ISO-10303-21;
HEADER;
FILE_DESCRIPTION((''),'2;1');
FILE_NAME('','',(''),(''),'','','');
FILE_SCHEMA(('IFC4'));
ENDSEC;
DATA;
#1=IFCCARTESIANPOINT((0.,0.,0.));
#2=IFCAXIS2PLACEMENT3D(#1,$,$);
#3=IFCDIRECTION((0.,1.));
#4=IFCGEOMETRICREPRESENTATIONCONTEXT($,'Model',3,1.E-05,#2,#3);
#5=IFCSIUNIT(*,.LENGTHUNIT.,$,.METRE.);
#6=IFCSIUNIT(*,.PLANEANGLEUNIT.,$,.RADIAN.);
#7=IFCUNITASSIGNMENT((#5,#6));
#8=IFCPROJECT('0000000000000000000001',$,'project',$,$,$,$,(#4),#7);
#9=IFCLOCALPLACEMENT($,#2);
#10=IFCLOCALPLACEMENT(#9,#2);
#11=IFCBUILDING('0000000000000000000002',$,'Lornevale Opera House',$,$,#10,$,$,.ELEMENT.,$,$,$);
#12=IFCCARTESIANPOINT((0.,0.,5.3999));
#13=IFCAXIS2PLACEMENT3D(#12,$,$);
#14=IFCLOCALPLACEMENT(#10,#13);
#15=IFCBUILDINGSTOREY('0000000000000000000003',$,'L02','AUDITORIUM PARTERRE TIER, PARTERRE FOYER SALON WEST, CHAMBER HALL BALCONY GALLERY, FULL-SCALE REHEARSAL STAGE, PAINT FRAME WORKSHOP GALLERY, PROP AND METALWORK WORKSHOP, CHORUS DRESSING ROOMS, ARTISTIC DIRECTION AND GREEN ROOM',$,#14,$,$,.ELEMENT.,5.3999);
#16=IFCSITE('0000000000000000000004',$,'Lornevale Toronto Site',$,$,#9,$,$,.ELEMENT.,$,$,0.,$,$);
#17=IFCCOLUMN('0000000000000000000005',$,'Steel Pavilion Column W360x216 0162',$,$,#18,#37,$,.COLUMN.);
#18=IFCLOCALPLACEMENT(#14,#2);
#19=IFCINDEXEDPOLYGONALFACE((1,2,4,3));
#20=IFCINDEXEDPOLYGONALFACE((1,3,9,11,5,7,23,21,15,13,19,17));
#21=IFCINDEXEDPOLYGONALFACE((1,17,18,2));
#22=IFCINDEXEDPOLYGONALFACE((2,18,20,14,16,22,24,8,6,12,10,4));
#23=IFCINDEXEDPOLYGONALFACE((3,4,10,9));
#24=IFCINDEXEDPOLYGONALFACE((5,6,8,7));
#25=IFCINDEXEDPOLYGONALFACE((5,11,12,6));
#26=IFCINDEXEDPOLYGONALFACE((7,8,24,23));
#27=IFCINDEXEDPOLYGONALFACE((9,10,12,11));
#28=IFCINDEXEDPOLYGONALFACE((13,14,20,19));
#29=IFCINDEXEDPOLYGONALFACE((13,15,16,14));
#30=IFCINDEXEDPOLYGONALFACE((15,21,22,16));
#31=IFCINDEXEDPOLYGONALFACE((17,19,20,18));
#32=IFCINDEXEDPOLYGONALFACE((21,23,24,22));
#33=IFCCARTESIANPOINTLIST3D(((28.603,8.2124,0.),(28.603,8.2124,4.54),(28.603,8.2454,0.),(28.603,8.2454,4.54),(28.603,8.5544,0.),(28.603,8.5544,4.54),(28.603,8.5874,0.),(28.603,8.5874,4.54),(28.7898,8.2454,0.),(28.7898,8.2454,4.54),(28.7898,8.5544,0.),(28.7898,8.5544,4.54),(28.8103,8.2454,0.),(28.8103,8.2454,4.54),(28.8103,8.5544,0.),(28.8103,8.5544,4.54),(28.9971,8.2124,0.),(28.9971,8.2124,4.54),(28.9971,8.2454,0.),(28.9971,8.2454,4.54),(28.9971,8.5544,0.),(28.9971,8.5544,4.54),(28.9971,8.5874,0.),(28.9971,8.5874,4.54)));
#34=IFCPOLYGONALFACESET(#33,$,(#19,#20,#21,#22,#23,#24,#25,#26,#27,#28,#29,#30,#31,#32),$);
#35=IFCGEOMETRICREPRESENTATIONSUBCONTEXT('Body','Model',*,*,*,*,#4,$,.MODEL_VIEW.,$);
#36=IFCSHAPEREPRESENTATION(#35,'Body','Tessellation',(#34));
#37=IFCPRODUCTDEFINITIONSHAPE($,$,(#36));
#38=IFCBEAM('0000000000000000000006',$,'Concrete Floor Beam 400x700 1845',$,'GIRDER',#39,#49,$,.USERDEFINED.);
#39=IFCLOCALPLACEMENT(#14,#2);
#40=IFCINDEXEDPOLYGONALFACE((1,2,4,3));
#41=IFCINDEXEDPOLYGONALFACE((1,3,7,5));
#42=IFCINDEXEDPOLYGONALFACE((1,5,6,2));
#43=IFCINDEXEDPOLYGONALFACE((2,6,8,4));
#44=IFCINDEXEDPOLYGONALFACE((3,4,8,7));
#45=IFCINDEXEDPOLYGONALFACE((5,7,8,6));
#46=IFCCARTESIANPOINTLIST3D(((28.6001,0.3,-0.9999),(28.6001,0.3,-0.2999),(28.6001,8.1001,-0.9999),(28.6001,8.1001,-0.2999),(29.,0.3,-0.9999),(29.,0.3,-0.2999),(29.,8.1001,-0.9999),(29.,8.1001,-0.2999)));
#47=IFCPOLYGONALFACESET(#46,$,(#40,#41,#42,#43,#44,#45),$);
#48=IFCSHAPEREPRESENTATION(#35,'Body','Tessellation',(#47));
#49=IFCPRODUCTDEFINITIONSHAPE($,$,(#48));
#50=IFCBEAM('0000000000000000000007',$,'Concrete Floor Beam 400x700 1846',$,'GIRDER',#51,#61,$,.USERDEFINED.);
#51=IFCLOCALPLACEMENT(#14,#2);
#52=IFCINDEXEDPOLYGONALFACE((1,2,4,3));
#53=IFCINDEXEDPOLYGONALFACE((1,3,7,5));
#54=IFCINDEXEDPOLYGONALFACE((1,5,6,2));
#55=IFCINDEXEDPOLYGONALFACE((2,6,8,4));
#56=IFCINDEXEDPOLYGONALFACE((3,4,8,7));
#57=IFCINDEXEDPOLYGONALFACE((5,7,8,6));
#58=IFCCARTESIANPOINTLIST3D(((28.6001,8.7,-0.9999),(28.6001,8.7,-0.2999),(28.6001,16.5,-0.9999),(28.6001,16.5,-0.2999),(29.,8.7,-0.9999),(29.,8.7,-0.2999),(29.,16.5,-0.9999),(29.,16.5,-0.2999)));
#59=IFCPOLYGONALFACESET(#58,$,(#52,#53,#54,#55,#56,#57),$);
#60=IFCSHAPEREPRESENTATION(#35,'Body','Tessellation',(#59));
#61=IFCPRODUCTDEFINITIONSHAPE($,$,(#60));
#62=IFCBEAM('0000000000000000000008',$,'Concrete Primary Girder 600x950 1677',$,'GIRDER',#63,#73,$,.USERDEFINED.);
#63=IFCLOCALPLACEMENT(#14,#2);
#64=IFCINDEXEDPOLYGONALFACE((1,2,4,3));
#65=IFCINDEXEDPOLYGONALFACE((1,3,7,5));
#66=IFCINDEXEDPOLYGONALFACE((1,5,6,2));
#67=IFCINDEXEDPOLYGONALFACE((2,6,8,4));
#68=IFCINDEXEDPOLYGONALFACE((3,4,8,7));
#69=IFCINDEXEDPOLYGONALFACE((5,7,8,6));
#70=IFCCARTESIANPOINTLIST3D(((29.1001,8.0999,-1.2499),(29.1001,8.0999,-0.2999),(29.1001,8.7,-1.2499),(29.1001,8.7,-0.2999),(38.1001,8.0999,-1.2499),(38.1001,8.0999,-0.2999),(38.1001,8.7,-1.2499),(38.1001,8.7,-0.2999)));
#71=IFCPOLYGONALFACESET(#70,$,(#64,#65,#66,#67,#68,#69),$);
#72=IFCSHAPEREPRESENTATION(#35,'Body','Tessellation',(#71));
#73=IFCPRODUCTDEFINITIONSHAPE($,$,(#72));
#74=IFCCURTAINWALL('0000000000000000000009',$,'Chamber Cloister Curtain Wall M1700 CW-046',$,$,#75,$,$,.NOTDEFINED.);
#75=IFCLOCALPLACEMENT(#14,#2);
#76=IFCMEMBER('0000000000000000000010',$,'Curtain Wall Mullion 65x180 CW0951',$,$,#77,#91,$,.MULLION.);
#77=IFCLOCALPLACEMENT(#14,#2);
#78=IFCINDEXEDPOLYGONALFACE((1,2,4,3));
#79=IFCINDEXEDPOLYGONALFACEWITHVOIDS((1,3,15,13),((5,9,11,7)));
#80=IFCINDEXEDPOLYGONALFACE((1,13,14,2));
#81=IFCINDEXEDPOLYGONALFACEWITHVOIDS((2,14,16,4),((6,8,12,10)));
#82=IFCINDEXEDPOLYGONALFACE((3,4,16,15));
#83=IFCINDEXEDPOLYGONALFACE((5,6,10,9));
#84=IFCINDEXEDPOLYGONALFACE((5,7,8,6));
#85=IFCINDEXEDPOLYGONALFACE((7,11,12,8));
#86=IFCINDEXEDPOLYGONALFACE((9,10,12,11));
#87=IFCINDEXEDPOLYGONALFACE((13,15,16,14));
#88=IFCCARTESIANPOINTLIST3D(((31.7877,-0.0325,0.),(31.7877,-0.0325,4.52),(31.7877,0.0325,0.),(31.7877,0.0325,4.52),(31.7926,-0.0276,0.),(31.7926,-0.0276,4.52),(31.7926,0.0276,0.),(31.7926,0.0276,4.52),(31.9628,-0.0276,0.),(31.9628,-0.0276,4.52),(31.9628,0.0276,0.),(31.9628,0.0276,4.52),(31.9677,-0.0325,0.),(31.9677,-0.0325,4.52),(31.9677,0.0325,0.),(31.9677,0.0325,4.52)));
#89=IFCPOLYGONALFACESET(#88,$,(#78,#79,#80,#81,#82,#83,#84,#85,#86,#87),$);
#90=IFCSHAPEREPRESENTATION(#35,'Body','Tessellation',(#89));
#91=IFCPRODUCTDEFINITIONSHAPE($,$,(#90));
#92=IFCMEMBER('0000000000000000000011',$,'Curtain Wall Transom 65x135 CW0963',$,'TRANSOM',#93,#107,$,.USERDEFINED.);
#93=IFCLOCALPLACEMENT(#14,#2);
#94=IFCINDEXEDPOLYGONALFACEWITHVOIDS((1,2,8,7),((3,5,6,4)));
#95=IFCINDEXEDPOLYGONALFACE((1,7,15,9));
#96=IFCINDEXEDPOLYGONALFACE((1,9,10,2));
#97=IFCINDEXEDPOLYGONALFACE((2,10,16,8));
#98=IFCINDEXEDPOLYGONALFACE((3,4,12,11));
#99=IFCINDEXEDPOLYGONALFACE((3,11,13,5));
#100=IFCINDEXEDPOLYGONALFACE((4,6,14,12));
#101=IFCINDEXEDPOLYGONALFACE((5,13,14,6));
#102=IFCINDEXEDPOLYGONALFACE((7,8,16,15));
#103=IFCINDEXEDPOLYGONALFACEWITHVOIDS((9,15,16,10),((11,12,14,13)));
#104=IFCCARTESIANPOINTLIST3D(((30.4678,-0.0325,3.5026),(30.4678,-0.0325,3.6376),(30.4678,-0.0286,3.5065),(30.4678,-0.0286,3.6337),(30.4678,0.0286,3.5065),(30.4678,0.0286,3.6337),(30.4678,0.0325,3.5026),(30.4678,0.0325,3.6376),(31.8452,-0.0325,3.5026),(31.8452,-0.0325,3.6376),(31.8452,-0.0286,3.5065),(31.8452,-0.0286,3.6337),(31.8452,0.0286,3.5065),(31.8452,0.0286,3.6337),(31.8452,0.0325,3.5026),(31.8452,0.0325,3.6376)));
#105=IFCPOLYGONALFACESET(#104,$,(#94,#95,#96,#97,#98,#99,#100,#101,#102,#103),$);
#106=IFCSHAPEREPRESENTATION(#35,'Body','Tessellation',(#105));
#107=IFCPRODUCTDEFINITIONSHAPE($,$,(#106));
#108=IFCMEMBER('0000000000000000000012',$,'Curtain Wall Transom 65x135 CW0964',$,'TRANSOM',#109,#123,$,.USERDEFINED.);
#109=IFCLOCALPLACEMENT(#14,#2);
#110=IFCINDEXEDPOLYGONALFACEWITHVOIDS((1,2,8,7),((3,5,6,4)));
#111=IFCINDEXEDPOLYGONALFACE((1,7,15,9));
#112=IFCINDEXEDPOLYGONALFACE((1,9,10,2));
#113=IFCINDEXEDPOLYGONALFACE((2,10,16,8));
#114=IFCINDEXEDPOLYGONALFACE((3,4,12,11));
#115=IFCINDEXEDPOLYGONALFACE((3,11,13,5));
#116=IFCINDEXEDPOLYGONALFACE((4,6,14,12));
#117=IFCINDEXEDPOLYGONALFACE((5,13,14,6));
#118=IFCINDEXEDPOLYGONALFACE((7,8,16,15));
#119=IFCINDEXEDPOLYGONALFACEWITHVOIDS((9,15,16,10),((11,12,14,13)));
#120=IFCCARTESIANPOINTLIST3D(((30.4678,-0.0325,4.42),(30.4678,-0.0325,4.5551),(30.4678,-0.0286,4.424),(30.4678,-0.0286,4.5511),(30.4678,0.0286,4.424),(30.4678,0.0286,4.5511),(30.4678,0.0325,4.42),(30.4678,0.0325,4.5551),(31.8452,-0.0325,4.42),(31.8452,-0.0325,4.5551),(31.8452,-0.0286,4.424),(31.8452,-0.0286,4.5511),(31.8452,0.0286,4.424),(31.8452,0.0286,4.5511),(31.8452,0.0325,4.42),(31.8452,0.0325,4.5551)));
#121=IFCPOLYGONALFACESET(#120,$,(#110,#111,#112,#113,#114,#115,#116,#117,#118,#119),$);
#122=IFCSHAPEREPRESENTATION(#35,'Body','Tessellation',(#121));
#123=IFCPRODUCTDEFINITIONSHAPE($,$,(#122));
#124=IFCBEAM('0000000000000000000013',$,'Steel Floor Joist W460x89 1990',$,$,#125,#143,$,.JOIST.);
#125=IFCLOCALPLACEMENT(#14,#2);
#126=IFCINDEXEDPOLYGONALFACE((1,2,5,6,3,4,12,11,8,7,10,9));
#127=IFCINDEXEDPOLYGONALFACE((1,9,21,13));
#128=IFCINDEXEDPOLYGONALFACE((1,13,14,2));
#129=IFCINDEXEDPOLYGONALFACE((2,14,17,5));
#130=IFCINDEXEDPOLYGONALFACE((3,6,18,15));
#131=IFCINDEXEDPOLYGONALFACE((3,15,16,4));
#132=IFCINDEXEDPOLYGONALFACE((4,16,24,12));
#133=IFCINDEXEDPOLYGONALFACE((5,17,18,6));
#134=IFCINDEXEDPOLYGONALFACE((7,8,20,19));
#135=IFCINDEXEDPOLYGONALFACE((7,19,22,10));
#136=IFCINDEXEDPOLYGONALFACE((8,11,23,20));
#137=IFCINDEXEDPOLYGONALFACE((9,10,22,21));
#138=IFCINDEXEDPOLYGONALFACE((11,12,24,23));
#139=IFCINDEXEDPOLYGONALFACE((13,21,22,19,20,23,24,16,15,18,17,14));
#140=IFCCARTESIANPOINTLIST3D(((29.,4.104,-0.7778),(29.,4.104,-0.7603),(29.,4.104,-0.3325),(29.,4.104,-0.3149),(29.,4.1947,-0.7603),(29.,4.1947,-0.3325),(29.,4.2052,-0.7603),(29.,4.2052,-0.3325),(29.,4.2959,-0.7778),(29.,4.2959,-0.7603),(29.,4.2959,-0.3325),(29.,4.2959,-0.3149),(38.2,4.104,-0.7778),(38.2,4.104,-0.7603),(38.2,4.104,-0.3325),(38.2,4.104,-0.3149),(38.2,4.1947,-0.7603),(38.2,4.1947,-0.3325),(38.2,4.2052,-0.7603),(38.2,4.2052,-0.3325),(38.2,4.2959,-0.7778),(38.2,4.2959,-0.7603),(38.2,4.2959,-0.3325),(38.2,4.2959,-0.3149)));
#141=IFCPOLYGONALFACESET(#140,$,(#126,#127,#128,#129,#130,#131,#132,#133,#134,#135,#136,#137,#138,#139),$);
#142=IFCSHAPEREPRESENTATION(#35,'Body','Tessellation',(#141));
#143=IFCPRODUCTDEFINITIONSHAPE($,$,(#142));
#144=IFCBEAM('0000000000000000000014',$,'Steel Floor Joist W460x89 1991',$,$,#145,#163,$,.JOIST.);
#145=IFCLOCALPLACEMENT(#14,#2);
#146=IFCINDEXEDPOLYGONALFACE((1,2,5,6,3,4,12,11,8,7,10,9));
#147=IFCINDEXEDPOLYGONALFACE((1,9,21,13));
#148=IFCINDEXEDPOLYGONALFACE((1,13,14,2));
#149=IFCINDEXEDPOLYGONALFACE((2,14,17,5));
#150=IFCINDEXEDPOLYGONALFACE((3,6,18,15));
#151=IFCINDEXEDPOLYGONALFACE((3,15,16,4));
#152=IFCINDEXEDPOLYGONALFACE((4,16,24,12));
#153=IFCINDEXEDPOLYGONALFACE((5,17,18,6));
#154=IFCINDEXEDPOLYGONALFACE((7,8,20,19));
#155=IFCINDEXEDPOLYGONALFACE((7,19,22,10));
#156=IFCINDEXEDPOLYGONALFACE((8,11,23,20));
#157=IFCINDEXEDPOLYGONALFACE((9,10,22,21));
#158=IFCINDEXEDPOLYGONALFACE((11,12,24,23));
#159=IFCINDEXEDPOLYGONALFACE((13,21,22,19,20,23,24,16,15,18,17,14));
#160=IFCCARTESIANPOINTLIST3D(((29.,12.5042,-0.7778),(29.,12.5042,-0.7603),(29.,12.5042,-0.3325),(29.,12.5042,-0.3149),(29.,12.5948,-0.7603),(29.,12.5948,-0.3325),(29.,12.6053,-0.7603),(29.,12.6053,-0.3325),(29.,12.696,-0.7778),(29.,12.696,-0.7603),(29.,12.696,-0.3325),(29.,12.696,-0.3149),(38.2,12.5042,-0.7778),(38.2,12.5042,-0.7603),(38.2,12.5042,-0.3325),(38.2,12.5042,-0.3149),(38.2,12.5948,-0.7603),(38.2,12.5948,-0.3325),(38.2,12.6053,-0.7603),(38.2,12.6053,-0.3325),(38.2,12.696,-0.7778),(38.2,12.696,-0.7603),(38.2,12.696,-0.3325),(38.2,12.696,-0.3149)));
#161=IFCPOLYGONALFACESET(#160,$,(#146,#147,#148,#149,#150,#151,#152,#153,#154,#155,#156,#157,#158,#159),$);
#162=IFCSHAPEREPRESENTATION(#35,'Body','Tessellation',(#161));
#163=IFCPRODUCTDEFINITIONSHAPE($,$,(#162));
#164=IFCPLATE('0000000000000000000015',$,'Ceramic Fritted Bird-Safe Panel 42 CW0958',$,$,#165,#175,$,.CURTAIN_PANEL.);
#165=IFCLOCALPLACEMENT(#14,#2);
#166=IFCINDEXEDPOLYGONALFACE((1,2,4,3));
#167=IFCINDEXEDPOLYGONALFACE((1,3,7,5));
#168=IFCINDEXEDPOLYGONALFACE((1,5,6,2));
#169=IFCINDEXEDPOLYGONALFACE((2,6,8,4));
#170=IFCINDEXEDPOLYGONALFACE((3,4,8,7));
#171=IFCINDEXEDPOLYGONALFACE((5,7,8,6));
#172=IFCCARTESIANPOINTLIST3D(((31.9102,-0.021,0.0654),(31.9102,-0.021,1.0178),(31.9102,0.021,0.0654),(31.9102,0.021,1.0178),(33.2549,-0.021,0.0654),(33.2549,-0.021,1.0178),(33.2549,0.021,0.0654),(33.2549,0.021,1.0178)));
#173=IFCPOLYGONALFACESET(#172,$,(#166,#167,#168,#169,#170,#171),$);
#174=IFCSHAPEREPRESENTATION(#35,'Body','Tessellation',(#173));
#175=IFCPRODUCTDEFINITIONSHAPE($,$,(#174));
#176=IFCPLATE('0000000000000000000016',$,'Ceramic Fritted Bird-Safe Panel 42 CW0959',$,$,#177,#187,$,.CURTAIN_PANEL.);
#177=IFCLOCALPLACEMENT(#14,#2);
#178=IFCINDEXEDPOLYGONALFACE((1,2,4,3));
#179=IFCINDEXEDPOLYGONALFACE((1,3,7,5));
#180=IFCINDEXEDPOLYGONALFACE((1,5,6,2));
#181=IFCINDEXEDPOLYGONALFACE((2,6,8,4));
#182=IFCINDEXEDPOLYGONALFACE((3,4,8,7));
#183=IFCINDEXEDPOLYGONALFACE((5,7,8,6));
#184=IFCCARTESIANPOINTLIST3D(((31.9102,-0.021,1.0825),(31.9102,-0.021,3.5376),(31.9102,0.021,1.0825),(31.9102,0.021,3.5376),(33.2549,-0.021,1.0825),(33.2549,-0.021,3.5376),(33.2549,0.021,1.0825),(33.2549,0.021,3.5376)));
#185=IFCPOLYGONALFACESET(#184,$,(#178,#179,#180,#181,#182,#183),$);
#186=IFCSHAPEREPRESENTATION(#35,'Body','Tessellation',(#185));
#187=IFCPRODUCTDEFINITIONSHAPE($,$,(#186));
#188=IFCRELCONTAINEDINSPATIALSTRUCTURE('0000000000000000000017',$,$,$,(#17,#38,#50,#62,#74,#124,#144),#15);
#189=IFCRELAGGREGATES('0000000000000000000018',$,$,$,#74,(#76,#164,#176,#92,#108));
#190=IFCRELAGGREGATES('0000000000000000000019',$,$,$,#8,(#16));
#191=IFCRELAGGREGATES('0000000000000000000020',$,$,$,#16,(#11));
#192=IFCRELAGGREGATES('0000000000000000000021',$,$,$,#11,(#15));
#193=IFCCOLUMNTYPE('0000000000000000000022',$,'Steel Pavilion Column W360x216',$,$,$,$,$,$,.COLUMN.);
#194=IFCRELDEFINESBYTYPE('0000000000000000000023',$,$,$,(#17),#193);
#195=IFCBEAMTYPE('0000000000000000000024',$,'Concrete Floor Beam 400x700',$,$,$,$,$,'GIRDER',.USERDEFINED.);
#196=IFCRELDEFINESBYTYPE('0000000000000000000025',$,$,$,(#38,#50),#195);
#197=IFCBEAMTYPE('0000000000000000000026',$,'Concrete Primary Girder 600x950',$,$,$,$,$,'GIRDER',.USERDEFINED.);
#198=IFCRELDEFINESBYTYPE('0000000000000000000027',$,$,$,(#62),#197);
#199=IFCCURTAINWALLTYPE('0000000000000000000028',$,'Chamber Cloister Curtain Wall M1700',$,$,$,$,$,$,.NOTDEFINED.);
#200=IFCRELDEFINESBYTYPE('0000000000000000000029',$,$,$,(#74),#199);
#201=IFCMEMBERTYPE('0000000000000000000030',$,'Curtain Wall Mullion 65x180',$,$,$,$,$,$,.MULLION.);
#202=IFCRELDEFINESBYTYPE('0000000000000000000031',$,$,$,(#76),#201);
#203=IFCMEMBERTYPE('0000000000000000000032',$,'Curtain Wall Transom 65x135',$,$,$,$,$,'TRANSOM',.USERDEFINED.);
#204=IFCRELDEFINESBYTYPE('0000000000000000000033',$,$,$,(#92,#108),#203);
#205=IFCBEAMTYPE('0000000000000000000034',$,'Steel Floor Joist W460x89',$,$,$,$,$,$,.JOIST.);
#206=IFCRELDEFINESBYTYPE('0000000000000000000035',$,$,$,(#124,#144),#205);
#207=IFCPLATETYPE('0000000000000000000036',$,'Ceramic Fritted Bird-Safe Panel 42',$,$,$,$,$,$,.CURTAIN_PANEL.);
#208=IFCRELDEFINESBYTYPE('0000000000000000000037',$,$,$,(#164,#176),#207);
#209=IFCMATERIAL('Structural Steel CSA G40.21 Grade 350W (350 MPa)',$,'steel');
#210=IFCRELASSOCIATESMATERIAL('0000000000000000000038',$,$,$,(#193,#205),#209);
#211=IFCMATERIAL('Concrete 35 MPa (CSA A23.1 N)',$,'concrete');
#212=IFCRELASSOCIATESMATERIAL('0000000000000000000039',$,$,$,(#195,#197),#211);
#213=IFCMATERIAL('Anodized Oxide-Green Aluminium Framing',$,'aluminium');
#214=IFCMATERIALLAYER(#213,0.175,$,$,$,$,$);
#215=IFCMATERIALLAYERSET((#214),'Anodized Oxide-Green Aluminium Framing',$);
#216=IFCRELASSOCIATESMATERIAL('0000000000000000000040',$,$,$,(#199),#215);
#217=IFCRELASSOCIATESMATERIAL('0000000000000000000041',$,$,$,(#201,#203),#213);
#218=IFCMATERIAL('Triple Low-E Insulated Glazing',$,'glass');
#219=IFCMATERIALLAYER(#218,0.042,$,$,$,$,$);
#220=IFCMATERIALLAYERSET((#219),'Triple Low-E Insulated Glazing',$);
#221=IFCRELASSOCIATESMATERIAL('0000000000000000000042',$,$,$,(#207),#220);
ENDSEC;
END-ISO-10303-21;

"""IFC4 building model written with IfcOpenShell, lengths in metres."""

from ifc_helpers import new_model, si_unit, direction, frame, origin, origin_2d, place, context, subcontext, project, spatial, rectangle, hollow_rectangle, i_section, extrude, material, layer, layer_set, material_profile, profile_set, type_object, element, aggregate, save


model = new_model("IFC4")

# Units and contexts
model_context = context("Model", 3, precision=1e-05, world=origin(), true_north=direction((0.0, 1.0)))
body_context = subcontext(model_context, "Body", "Model", "MODEL_VIEW")
ifc_project = project(units=[si_unit("LENGTHUNIT", "METRE"), si_unit("PLANEANGLEUNIT", "RADIAN")], contexts=[model_context])

# Site, building, storey
site_placement = place(None, origin())
site = spatial("IfcSite", under=ifc_project, at=site_placement, Name="Lornevale Toronto Site", CompositionType="ELEMENT", RefElevation=0.0)
building_placement = place(site_placement, origin())
building = spatial("IfcBuilding", under=site, at=building_placement, Name="Lornevale Opera House", CompositionType="ELEMENT")
storey_placement = place(building_placement, frame((0.0, 0.0, 5.3999)))
storey = spatial("IfcBuildingStorey", under=building, at=storey_placement, Name="L02", Description="AUDITORIUM PARTERRE TIER, PARTERRE FOYER SALON WEST, CHAMBER HALL BALCONY GALLERY, FULL-SCALE REHEARSAL STAGE, PAINT FRAME WORKSHOP GALLERY, PROP AND METALWORK WORKSHOP, CHORUS DRESSING ROOMS, ARTISTIC DIRECTION AND GREEN ROOM", CompositionType="ELEMENT", Elevation=5.3999)

# Column
ifc_material_1 = material(Name="Structural Steel CSA G40.21 Grade 350W (350 MPa)", Category="steel")
ifc_material_profile_1 = material_profile(ifc_material_1, i_section(OverallWidth=0.394, OverallDepth=0.375, WebThickness=0.0205, FlangeThickness=0.033, at=origin_2d()), Name="W360x216")
ifc_profile_set_1 = profile_set([ifc_material_profile_1], Name="Structural Steel CSA G40.21 Grade 350W (350 MPa)")
column_type = type_object("IfcColumnType", Name="Steel Pavilion Column W360x216", PredefinedType="COLUMN", material=ifc_profile_set_1)
column_placement = place(storey_placement, frame((28.8, 8.3999, 0.0), z_axis=(0.0, 0.0, 1.0), x_axis=(1.0, 0.0, 0.0)))
element("IfcColumn", 1, at=column_placement, inside=storey, type_object=column_type, Name="Steel Pavilion Column W360x216 0162", PredefinedType="COLUMN", context=body_context, shape_type="SweptSolid", body=[
    extrude(i_section(OverallWidth=0.394, OverallDepth=0.375, WebThickness=0.0205, FlangeThickness=0.033, at=origin_2d()), origin(), (0.0, 0.0, 1.0), 4.54),
])

# Beams
ifc_material_2 = material(Name="Concrete 35 MPa (CSA A23.1 N)", Category="concrete")
ifc_material_profile_2 = material_profile(ifc_material_2, rectangle(XDim=0.3999, YDim=0.7, at=origin_2d()), Name="RC400x700")
ifc_profile_set_2 = profile_set([ifc_material_profile_2], Name="Concrete 35 MPa (CSA A23.1 N)")
beam_type_1 = type_object("IfcBeamType", Name="Concrete Floor Beam 400x700", ElementType="GIRDER", PredefinedType="USERDEFINED", material=ifc_profile_set_2)
for number, where, z_axis, x_axis, name in (
    (2, (28.8, 0.3, -0.6499), (0.0, 1.0, 0.0), (-1.0, 0.0, 0.0), "Concrete Floor Beam 400x700 1845"),
    (3, (28.8, 8.7, -0.6499), (0.0, 1.0, 0.0), (-1.0, 0.0, 0.0), "Concrete Floor Beam 400x700 1846"),
):
    element("IfcBeam", number, at=place(storey_placement, frame(where, z_axis=z_axis, x_axis=x_axis)), inside=storey, type_object=beam_type_1, Name=name, ObjectType="GIRDER", PredefinedType="USERDEFINED", context=body_context, shape_type="SweptSolid", body=[
        extrude(rectangle(XDim=0.3999, YDim=0.7, at=origin_2d()), origin(), (0.0, 0.0, 1.0), 7.8),
    ])
ifc_material_profile_3 = material_profile(ifc_material_2, rectangle(XDim=0.6001, YDim=0.95, at=origin_2d()), Name="RC600x950")
ifc_profile_set_3 = profile_set([ifc_material_profile_3], Name="Concrete 35 MPa (CSA A23.1 N)")
beam_type_2 = type_object("IfcBeamType", Name="Concrete Primary Girder 600x950", ElementType="GIRDER", PredefinedType="USERDEFINED", material=ifc_profile_set_3)
beam_placement = place(storey_placement, frame((29.1001, 8.3999, -0.7749), z_axis=(1.0, 0.0, 0.0), x_axis=(0.0, 1.0, 0.0)))
element("IfcBeam", 4, at=beam_placement, inside=storey, type_object=beam_type_2, Name="Concrete Primary Girder 600x950 1677", ObjectType="GIRDER", PredefinedType="USERDEFINED", context=body_context, shape_type="SweptSolid", body=[
    extrude(rectangle(XDim=0.6001, YDim=0.95, at=origin_2d()), origin(), (0.0, 0.0, 1.0), 9.0),
])

# Curtain wall, members
ifc_material_3 = material(Name="Anodized Oxide-Green Aluminium Framing", Category="aluminium")
ifc_layer_1 = layer(ifc_material_3, 0.175)
ifc_layer_set_1 = layer_set([ifc_layer_1], Name="Anodized Oxide-Green Aluminium Framing")
curtain_wall_type = type_object("IfcCurtainWallType", Name="Chamber Cloister Curtain Wall M1700", PredefinedType="NOTDEFINED", material=ifc_layer_set_1)
curtain_wall_placement = place(storey_placement, origin())
curtain_wall = element("IfcCurtainWall", 5, at=curtain_wall_placement, inside=storey, type_object=curtain_wall_type, Name="Chamber Cloister Curtain Wall M1700 CW-046", PredefinedType="NOTDEFINED")
ifc_material_profile_4 = material_profile(ifc_material_3, hollow_rectangle(XDim=0.0649, YDim=0.1799, WallThickness=0.0049, at=origin_2d()), Name="ALU65x180x5")
ifc_profile_set_4 = profile_set([ifc_material_profile_4], Name="Anodized Oxide-Green Aluminium Framing")
member_type_1 = type_object("IfcMemberType", Name="Curtain Wall Mullion 65x180", PredefinedType="MULLION", material=ifc_profile_set_4)
member_1_placement = place(storey_placement, frame((31.8777, 0.0, 0.0), z_axis=(0.0, 0.0, 1.0), x_axis=(0.0, -1.0, 0.0)))
member_1 = element("IfcMember", 6, at=member_1_placement, type_object=member_type_1, Name="Curtain Wall Mullion 65x180 CW0951", PredefinedType="MULLION", context=body_context, shape_type="SweptSolid", body=[
    extrude(hollow_rectangle(XDim=0.0649, YDim=0.1799, WallThickness=0.0049, at=origin_2d()), origin(), (0.0, 0.0, 1.0), 4.52),
])
ifc_material_profile_5 = material_profile(ifc_material_3, hollow_rectangle(XDim=0.0649, YDim=0.135, WallThickness=0.0039, at=origin_2d()), Name="ALU65x135x4")
ifc_profile_set_5 = profile_set([ifc_material_profile_5], Name="Anodized Oxide-Green Aluminium Framing")
member_type_2 = type_object("IfcMemberType", Name="Curtain Wall Transom 65x135", ElementType="TRANSOM", PredefinedType="USERDEFINED", material=ifc_profile_set_5)
member_2_placement = place(storey_placement, frame((31.8452, 0.0, 3.5701), z_axis=(-1.0, 0.0, 0.0), x_axis=(0.0, -1.0, 0.0)))
member_2 = element("IfcMember", 7, at=member_2_placement, type_object=member_type_2, Name="Curtain Wall Transom 65x135 CW0963", ObjectType="TRANSOM", PredefinedType="USERDEFINED", context=body_context, shape_type="SweptSolid", body=[
    extrude(hollow_rectangle(XDim=0.0649, YDim=0.135, WallThickness=0.0039, at=origin_2d()), origin(), (0.0, 0.0, 1.0), 1.3774),
])
member_3_placement = place(storey_placement, frame((31.8452, 0.0, 4.4875), z_axis=(-1.0, 0.0, 0.0), x_axis=(0.0, -1.0, 0.0)))
member_3 = element("IfcMember", 8, at=member_3_placement, type_object=member_type_2, Name="Curtain Wall Transom 65x135 CW0964", ObjectType="TRANSOM", PredefinedType="USERDEFINED", context=body_context, shape_type="SweptSolid", body=[
    extrude(hollow_rectangle(XDim=0.0649, YDim=0.135, WallThickness=0.0039, at=origin_2d()), origin(), (0.0, 0.0, 1.0), 1.3774),
])

# Beams
ifc_material_profile_6 = material_profile(ifc_material_1, i_section(OverallWidth=0.1919, OverallDepth=0.4629, WebThickness=0.0105, FlangeThickness=0.0176, at=origin_2d()), Name="W460x89")
ifc_profile_set_6 = profile_set([ifc_material_profile_6], Name="Structural Steel CSA G40.21 Grade 350W (350 MPa)")
beam_type_3 = type_object("IfcBeamType", Name="Steel Floor Joist W460x89", PredefinedType="JOIST", material=ifc_profile_set_6)
for number, where, z_axis, x_axis, name in (
    (9, (29.0, 4.2, -0.5464), (1.0, 0.0, 0.0), (0.0, 1.0, 0.0), "Steel Floor Joist W460x89 1990"),
    (10, (29.0, 12.6001, -0.5464), (1.0, 0.0, 0.0), (0.0, 1.0, 0.0), "Steel Floor Joist W460x89 1991"),
):
    element("IfcBeam", number, at=place(storey_placement, frame(where, z_axis=z_axis, x_axis=x_axis)), inside=storey, type_object=beam_type_3, Name=name, PredefinedType="JOIST", context=body_context, shape_type="SweptSolid", body=[
        extrude(i_section(OverallWidth=0.1919, OverallDepth=0.4629, WebThickness=0.0105, FlangeThickness=0.0176, at=origin_2d()), origin(), (0.0, 0.0, 1.0), 9.2),
    ])

# Plates
ifc_material_4 = material(Name="Triple Low-E Insulated Glazing", Category="glass")
ifc_layer_2 = layer(ifc_material_4, 0.042)
ifc_layer_set_2 = layer_set([ifc_layer_2], Name="Triple Low-E Insulated Glazing")
plate_type = type_object("IfcPlateType", Name="Ceramic Fritted Bird-Safe Panel 42", PredefinedType="CURTAIN_PANEL", material=ifc_layer_set_2)
plate_1_placement = place(storey_placement, frame((32.5825, 0.0, 0.0654), z_axis=(0.0, 0.0, 1.0), x_axis=(-1.0, 0.0, 0.0)))
plate_1 = element("IfcPlate", 11, at=plate_1_placement, type_object=plate_type, Name="Ceramic Fritted Bird-Safe Panel 42 CW0958", PredefinedType="CURTAIN_PANEL", context=body_context, shape_type="SweptSolid", body=[
    extrude(rectangle(XDim=1.3447, YDim=0.042, at=origin_2d()), origin(), (0.0, 0.0, 1.0), 0.9524),
])
plate_2_placement = place(storey_placement, frame((32.5825, 0.0, 1.0825), z_axis=(0.0, 0.0, 1.0), x_axis=(-1.0, 0.0, 0.0)))
plate_2 = element("IfcPlate", 12, at=plate_2_placement, type_object=plate_type, Name="Ceramic Fritted Bird-Safe Panel 42 CW0959", PredefinedType="CURTAIN_PANEL", context=body_context, shape_type="SweptSolid", body=[
    extrude(rectangle(XDim=1.3447, YDim=0.042, at=origin_2d()), origin(), (0.0, 0.0, 1.0), 2.4551),
])
aggregate(curtain_wall, [member_1, plate_1, plate_2, member_2, member_3])

save(model, "model.ifc")
